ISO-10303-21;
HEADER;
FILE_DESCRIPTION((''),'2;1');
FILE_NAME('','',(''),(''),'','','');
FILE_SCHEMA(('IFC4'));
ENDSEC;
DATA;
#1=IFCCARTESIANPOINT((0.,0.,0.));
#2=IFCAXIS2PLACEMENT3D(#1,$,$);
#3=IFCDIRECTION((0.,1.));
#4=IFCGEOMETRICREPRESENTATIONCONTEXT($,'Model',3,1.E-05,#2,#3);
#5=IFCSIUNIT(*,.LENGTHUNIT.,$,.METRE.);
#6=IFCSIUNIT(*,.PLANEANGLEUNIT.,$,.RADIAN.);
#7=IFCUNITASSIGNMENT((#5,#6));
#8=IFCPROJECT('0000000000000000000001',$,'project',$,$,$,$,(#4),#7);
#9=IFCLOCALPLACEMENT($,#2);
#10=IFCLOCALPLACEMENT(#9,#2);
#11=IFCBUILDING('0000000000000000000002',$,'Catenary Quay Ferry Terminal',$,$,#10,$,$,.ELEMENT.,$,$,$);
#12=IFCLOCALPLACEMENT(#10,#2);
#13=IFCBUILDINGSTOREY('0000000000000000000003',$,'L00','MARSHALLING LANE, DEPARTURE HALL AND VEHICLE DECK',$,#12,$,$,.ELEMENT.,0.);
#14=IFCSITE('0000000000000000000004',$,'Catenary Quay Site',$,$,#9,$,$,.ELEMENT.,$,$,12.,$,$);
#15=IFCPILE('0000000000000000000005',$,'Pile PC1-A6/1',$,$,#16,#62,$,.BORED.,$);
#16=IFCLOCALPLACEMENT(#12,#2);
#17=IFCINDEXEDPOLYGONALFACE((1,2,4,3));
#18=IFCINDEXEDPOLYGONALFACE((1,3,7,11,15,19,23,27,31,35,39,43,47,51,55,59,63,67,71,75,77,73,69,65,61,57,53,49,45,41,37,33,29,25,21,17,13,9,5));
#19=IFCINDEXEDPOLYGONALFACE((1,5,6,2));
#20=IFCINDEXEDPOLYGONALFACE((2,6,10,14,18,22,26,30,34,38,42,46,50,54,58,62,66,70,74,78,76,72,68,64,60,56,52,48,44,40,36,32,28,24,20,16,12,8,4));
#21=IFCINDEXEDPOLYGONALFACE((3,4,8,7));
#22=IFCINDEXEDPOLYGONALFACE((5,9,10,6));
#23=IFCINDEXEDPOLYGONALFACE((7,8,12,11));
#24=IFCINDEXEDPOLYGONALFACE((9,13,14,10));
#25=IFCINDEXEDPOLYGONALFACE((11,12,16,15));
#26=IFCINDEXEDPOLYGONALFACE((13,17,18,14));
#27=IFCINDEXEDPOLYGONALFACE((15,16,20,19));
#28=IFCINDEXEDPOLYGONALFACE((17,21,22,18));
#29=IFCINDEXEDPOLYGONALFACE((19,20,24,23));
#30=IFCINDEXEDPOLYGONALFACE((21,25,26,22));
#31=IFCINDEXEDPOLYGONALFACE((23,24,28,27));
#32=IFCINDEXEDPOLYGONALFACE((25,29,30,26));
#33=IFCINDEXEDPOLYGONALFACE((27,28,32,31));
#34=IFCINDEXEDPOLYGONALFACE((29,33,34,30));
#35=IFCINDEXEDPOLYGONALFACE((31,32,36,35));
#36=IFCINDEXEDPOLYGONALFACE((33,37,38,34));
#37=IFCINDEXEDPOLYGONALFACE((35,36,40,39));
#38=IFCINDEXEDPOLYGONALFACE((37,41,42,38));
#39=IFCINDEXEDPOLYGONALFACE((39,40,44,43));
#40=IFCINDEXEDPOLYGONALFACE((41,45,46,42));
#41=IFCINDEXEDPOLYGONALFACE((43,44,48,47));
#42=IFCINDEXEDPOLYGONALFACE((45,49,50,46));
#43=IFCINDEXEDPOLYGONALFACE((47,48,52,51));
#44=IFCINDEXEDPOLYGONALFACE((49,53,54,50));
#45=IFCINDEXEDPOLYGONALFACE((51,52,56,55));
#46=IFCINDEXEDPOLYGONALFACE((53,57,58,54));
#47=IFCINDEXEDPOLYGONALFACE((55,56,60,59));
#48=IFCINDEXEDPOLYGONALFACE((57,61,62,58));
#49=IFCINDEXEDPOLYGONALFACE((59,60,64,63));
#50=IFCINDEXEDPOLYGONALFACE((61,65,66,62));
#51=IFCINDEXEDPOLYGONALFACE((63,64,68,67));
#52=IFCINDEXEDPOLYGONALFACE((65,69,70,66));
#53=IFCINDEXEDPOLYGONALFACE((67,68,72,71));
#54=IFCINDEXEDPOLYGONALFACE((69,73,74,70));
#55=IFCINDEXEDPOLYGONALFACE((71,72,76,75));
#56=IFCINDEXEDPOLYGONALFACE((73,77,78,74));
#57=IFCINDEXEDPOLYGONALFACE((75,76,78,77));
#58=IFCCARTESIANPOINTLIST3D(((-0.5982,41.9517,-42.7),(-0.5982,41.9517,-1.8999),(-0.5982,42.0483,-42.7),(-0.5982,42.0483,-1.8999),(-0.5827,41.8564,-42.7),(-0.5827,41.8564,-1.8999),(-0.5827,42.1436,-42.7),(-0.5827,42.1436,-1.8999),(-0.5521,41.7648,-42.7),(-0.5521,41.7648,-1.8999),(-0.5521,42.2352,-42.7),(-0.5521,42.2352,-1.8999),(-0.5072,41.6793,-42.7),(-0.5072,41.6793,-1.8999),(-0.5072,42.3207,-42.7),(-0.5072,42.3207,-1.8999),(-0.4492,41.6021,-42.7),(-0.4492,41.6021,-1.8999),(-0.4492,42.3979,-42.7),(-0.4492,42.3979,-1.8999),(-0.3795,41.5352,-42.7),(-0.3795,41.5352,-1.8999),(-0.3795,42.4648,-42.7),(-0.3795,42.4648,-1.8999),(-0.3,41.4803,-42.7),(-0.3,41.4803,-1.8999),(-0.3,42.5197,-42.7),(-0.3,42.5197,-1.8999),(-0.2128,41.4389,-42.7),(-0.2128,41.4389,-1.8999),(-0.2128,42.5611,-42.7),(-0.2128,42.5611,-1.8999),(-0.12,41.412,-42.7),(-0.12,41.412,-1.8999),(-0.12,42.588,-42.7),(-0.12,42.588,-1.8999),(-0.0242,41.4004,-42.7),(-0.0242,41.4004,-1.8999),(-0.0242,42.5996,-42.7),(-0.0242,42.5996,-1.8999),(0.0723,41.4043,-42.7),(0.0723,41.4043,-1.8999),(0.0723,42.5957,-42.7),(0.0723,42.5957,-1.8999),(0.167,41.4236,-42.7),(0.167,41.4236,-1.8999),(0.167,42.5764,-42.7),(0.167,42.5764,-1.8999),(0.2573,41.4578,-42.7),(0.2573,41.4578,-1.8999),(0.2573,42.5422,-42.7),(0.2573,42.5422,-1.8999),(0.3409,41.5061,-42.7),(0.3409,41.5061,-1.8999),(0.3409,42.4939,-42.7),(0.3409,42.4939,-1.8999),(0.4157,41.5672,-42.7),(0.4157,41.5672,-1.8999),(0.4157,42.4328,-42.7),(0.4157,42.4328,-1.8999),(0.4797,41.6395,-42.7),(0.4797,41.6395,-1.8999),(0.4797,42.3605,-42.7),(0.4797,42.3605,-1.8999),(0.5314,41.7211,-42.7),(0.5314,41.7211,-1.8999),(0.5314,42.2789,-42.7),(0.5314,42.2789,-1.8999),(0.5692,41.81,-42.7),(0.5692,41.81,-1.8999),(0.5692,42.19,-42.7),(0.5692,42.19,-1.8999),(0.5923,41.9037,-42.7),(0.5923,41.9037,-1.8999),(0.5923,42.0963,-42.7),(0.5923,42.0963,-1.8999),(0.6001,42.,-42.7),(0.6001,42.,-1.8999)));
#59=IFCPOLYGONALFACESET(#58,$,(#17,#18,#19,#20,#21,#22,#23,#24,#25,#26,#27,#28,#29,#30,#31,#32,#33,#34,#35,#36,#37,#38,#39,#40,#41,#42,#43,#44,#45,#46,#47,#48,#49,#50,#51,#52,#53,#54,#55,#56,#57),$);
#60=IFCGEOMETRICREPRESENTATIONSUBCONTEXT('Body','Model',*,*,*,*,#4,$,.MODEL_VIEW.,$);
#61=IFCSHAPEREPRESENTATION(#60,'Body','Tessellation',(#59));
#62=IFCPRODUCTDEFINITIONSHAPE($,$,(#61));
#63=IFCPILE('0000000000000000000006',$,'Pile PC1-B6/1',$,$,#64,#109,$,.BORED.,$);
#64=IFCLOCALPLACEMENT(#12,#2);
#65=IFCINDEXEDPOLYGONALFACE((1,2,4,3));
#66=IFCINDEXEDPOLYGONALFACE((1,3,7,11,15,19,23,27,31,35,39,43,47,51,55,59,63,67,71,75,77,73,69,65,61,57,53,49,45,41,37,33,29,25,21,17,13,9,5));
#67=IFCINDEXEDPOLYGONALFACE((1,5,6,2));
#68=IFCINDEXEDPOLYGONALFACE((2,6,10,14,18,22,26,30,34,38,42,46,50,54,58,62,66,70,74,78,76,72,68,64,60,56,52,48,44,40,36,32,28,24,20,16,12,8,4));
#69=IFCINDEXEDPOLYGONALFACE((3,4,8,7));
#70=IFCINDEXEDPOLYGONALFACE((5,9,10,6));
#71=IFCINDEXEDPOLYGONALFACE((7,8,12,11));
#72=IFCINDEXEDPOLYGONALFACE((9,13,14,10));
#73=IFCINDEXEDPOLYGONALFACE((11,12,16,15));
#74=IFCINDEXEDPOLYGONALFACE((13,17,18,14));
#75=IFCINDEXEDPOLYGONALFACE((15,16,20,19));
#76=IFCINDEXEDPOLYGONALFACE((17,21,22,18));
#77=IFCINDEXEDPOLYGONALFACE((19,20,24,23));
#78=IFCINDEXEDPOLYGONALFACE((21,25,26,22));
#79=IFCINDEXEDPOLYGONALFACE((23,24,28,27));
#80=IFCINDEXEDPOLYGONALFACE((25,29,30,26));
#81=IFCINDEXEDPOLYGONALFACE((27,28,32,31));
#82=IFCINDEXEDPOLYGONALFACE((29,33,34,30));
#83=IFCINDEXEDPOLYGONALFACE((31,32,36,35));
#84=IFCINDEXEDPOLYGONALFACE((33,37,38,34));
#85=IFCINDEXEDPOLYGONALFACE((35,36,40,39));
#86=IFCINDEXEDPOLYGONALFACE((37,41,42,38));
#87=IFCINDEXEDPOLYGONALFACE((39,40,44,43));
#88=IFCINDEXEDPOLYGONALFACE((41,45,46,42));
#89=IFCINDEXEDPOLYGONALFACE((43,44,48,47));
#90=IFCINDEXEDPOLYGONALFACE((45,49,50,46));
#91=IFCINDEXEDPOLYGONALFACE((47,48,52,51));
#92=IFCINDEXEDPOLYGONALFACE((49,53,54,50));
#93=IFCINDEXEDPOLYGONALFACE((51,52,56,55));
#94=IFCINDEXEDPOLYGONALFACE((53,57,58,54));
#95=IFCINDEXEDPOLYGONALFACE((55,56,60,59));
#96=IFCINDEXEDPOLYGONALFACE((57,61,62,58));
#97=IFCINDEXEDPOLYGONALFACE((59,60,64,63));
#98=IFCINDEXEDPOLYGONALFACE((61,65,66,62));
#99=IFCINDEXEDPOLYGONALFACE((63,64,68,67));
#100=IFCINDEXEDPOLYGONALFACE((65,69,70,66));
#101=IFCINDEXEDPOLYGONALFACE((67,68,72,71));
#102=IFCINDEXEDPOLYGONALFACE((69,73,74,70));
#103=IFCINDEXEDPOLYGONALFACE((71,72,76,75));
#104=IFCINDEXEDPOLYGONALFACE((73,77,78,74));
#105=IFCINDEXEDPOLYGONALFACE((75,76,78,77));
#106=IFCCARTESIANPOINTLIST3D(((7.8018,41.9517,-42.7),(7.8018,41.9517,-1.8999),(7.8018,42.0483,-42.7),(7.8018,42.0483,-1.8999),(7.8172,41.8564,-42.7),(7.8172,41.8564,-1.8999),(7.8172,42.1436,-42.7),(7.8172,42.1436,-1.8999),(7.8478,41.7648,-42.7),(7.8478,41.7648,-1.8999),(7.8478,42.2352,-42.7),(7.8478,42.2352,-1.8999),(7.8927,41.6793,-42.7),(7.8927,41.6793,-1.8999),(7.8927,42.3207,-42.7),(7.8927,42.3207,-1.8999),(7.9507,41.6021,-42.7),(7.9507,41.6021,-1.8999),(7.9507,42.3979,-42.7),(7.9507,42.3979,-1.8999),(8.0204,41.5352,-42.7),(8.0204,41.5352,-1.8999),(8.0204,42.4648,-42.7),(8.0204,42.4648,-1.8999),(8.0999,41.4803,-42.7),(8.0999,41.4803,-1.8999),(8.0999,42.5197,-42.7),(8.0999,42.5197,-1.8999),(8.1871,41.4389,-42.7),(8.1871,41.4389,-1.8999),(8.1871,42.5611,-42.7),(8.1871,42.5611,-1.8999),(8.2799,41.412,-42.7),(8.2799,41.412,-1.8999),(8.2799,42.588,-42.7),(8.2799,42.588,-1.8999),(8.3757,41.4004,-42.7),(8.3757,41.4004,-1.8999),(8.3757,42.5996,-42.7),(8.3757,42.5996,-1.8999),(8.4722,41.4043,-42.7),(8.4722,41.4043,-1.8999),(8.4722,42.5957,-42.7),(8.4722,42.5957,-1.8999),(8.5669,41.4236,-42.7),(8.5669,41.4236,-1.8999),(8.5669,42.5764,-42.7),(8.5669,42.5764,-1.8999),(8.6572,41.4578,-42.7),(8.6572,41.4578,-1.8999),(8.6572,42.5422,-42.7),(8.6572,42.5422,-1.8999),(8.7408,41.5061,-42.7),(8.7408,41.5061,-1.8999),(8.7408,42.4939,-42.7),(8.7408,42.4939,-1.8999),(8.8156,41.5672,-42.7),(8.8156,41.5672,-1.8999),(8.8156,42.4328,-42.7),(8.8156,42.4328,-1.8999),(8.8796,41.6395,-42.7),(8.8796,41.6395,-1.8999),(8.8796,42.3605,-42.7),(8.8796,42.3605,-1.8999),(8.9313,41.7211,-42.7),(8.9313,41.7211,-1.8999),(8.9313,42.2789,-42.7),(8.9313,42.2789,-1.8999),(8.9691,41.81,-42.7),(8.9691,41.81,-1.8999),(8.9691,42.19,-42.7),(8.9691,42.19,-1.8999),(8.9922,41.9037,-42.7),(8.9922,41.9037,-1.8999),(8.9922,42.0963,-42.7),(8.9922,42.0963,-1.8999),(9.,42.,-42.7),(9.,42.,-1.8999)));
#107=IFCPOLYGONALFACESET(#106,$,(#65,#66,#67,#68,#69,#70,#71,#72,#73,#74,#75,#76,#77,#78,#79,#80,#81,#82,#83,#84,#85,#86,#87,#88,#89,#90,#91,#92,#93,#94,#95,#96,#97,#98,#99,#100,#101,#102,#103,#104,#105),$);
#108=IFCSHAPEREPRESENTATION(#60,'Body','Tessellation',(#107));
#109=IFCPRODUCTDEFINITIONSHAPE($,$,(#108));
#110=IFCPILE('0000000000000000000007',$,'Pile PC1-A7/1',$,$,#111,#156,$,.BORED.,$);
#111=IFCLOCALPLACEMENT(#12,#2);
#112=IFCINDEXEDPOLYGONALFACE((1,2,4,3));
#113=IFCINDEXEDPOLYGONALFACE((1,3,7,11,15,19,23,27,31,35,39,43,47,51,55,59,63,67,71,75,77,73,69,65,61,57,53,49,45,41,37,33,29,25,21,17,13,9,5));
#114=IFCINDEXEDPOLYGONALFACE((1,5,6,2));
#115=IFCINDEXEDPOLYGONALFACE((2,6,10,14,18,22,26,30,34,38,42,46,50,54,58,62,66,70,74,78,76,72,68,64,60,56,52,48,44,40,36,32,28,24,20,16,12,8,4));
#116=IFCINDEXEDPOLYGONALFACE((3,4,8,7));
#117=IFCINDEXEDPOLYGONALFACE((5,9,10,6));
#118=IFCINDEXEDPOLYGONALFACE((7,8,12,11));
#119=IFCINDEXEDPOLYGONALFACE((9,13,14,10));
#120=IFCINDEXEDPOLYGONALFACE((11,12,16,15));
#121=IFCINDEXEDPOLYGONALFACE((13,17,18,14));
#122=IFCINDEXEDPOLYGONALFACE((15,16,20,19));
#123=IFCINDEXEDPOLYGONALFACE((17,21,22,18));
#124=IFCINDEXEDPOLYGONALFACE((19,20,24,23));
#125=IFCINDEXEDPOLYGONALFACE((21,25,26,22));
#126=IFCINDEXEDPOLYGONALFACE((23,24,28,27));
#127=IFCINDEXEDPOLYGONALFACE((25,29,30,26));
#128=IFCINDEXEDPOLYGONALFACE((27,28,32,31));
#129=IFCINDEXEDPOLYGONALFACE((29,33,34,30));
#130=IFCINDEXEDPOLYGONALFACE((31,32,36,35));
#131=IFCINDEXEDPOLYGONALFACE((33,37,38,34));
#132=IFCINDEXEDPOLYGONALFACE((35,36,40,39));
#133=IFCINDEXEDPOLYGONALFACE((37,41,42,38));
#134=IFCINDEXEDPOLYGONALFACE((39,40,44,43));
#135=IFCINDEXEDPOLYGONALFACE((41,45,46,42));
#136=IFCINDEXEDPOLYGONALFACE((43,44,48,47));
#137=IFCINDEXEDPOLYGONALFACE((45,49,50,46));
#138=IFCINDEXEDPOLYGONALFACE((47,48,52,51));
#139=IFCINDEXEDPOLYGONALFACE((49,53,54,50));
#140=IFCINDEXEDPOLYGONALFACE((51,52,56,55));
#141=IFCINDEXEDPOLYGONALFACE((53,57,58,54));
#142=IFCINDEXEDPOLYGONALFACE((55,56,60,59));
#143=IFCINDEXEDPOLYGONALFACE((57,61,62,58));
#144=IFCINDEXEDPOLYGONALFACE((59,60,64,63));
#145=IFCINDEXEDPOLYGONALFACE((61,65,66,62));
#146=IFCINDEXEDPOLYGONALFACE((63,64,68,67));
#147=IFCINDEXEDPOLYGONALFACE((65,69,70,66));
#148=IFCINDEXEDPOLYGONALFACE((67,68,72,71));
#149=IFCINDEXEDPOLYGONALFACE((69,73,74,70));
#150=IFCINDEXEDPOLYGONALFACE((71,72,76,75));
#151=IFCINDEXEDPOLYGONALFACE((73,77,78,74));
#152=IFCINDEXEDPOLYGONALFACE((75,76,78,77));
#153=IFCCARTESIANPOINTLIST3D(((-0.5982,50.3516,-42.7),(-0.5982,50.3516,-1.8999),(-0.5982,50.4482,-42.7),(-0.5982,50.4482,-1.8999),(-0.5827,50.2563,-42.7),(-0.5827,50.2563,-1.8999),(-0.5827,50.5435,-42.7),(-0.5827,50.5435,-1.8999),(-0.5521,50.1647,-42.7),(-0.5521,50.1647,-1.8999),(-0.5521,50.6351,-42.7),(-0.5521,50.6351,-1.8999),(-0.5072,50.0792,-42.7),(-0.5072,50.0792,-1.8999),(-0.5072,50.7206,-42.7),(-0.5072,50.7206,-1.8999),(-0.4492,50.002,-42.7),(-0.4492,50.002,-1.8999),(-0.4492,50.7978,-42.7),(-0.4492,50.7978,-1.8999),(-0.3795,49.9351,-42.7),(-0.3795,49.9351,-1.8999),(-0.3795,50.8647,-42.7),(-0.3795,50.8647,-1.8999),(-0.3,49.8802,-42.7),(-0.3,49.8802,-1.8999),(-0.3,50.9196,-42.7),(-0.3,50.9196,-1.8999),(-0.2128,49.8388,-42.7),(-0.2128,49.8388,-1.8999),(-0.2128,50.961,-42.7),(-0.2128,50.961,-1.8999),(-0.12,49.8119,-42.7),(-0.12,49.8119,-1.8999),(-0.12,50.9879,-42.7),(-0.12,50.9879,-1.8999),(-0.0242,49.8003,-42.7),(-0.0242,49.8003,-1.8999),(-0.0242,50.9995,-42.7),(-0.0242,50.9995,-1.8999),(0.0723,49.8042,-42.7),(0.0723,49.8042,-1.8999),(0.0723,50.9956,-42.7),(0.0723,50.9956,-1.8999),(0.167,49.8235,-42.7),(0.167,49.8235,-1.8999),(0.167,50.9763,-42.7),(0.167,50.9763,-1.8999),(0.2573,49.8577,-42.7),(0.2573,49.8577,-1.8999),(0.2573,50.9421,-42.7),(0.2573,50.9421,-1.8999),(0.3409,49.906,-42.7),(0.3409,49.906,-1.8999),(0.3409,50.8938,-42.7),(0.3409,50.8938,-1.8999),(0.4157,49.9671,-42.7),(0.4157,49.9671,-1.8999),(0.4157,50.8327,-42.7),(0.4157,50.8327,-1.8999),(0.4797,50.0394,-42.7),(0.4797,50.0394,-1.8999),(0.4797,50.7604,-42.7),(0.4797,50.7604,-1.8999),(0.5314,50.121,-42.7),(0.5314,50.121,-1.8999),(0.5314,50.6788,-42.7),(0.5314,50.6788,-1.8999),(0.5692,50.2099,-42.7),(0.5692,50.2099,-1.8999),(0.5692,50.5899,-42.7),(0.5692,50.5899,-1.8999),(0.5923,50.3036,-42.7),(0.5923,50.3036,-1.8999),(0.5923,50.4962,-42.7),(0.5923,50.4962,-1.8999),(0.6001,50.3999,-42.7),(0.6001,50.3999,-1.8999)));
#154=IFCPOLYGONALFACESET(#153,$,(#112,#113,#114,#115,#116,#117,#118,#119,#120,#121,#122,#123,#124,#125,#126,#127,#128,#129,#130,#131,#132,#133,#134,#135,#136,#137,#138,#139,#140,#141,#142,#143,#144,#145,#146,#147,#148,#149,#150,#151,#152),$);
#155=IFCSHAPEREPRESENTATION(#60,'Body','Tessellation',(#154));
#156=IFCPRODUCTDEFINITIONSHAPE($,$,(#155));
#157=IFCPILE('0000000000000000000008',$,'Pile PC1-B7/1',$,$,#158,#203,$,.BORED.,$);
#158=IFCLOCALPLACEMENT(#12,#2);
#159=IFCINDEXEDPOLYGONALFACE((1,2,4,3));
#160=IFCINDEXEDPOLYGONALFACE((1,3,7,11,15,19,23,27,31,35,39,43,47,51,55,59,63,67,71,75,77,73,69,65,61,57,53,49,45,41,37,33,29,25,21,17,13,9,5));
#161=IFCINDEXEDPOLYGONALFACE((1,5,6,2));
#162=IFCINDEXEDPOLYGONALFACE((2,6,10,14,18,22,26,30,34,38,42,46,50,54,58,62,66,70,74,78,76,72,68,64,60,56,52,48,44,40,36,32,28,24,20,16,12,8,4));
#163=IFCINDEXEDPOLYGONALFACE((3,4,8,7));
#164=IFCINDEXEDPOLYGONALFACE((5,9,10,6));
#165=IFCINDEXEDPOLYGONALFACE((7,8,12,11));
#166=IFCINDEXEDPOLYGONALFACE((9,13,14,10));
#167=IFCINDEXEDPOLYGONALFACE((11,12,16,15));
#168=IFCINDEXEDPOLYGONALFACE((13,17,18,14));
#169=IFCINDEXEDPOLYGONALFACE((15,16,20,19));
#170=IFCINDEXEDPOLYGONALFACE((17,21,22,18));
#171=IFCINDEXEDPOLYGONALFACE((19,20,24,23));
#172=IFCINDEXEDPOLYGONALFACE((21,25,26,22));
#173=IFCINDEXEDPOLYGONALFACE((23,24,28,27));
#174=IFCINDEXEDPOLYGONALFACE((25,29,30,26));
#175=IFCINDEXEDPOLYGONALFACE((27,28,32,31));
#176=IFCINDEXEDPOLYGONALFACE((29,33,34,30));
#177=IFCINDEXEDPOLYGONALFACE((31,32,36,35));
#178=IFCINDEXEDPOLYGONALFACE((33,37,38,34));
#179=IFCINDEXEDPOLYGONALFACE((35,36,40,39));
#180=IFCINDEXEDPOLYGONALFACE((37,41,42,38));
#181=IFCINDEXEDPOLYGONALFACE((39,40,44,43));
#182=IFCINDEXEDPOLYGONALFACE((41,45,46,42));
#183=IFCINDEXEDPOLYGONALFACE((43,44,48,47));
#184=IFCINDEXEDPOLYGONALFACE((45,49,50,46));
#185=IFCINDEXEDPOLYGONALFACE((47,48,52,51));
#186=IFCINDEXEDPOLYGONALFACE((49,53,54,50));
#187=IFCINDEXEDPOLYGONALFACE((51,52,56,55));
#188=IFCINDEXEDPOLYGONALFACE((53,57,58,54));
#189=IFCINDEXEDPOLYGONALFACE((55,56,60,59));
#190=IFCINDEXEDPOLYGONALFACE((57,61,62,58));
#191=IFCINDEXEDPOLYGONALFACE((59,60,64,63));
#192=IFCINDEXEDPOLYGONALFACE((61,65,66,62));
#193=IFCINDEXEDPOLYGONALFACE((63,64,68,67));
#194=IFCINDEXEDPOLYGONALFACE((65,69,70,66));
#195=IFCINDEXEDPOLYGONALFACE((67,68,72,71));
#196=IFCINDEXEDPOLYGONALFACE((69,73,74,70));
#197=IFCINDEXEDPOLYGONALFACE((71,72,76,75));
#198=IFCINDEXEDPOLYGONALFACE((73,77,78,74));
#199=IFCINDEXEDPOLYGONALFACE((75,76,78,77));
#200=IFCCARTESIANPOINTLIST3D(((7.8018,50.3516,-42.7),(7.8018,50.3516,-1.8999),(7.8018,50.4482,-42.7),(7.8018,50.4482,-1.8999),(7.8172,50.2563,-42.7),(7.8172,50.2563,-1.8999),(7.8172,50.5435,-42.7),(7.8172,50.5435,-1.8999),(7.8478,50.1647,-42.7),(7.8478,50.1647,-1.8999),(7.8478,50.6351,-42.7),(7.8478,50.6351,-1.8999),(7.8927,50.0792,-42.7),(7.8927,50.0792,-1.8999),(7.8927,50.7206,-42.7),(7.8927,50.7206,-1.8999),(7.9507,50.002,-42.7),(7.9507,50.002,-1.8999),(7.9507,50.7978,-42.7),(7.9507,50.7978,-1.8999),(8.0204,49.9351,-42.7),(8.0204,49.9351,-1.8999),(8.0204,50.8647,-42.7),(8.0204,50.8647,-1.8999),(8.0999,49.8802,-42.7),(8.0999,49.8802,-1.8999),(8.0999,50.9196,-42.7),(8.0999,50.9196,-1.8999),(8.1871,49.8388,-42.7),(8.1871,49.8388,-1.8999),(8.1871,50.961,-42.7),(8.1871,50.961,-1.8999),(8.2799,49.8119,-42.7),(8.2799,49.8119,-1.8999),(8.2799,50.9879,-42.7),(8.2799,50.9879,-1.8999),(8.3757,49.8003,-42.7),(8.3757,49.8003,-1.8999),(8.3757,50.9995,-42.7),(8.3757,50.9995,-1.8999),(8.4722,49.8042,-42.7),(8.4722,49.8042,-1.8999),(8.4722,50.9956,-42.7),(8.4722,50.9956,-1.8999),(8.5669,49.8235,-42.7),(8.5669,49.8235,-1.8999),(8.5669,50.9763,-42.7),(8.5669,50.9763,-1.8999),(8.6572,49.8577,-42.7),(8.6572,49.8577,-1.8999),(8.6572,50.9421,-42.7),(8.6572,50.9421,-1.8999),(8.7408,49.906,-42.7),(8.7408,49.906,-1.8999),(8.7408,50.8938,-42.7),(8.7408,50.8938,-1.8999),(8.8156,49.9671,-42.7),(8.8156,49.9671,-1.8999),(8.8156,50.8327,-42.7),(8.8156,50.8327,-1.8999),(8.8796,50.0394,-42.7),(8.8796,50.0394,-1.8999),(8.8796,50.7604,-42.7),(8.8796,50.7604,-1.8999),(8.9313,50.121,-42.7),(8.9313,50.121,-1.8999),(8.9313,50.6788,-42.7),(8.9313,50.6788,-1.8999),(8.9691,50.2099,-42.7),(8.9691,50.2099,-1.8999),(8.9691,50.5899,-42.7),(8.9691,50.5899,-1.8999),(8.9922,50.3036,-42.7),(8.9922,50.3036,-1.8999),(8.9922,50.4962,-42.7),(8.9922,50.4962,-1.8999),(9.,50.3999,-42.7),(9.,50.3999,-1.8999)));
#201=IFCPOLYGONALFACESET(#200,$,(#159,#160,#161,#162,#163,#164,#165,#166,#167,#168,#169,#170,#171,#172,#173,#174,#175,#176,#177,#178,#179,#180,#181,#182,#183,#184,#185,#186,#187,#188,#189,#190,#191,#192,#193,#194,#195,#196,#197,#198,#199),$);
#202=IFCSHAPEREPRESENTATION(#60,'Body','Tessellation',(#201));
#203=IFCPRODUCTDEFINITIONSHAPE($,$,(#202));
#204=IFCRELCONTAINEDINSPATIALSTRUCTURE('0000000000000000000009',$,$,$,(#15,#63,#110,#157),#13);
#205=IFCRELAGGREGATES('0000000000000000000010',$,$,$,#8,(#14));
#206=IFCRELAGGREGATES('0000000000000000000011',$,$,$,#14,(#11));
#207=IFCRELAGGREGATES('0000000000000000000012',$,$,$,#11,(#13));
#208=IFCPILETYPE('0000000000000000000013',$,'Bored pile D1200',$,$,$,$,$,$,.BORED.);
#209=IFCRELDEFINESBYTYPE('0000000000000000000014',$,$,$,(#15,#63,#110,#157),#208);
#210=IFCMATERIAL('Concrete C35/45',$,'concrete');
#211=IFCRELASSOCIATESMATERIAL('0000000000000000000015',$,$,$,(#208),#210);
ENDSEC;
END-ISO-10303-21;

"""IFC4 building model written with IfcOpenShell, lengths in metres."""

from ifc_helpers import new_model, si_unit, direction, frame, origin, origin_2d, place, context, subcontext, project, spatial, circle, extrude, material, material_profile, profile_set, type_object, element, save


model = new_model("IFC4")

# Units and contexts
model_context = context("Model", 3, precision=1e-05, world=origin(), true_north=direction((0.0, 1.0)))
body_context = subcontext(model_context, "Body", "Model", "MODEL_VIEW")
ifc_project = project(units=[si_unit("LENGTHUNIT", "METRE"), si_unit("PLANEANGLEUNIT", "RADIAN")], contexts=[model_context])

# Site, building, storey
site_placement = place(None, origin())
site = spatial("IfcSite", under=ifc_project, at=site_placement, Name="Catenary Quay Site", CompositionType="ELEMENT", RefElevation=12.0)
building_placement = place(site_placement, origin())
building = spatial("IfcBuilding", under=site, at=building_placement, Name="Catenary Quay Ferry Terminal", CompositionType="ELEMENT")
storey_placement = place(building_placement, origin())
storey = spatial("IfcBuildingStorey", under=building, at=storey_placement, Name="L00", Description="MARSHALLING LANE, DEPARTURE HALL AND VEHICLE DECK", CompositionType="ELEMENT", Elevation=0.0)

# Piles
ifc_material_1 = material(Name="Concrete C35/45", Category="concrete")
ifc_material_profile_1 = material_profile(ifc_material_1, circle(Radius=0.6001, at=origin_2d()), Name="D1200")
ifc_profile_set_1 = profile_set([ifc_material_profile_1], Name="Concrete C35/45")
pile_type = type_object("IfcPileType", Name="Bored pile D1200", PredefinedType="BORED", material=ifc_profile_set_1)
for number, where, z_axis, x_axis, name in (
    (1, (0.0, 42.0, -1.8999), (0.0, 0.0, -1.0), (1.0, 0.0, 0.0), "Pile PC1-A6/1"),
    (2, (8.3999, 42.0, -1.8999), (0.0, 0.0, -1.0), (1.0, 0.0, 0.0), "Pile PC1-B6/1"),
    (3, (0.0, 50.3999, -1.8999), (0.0, 0.0, -1.0), (1.0, 0.0, 0.0), "Pile PC1-A7/1"),
    (4, (8.3999, 50.3999, -1.8999), (0.0, 0.0, -1.0), (1.0, 0.0, 0.0), "Pile PC1-B7/1"),
):
    element("IfcPile", number, at=place(storey_placement, frame(where, z_axis=z_axis, x_axis=x_axis)), inside=storey, type_object=pile_type, Name=name, PredefinedType="BORED", context=body_context, shape_type="SweptSolid", body=[
        extrude(circle(Radius=0.6001, at=origin_2d()), origin(), (0.0, 0.0, 1.0), 40.8),
    ])

save(model, "model.ifc")
